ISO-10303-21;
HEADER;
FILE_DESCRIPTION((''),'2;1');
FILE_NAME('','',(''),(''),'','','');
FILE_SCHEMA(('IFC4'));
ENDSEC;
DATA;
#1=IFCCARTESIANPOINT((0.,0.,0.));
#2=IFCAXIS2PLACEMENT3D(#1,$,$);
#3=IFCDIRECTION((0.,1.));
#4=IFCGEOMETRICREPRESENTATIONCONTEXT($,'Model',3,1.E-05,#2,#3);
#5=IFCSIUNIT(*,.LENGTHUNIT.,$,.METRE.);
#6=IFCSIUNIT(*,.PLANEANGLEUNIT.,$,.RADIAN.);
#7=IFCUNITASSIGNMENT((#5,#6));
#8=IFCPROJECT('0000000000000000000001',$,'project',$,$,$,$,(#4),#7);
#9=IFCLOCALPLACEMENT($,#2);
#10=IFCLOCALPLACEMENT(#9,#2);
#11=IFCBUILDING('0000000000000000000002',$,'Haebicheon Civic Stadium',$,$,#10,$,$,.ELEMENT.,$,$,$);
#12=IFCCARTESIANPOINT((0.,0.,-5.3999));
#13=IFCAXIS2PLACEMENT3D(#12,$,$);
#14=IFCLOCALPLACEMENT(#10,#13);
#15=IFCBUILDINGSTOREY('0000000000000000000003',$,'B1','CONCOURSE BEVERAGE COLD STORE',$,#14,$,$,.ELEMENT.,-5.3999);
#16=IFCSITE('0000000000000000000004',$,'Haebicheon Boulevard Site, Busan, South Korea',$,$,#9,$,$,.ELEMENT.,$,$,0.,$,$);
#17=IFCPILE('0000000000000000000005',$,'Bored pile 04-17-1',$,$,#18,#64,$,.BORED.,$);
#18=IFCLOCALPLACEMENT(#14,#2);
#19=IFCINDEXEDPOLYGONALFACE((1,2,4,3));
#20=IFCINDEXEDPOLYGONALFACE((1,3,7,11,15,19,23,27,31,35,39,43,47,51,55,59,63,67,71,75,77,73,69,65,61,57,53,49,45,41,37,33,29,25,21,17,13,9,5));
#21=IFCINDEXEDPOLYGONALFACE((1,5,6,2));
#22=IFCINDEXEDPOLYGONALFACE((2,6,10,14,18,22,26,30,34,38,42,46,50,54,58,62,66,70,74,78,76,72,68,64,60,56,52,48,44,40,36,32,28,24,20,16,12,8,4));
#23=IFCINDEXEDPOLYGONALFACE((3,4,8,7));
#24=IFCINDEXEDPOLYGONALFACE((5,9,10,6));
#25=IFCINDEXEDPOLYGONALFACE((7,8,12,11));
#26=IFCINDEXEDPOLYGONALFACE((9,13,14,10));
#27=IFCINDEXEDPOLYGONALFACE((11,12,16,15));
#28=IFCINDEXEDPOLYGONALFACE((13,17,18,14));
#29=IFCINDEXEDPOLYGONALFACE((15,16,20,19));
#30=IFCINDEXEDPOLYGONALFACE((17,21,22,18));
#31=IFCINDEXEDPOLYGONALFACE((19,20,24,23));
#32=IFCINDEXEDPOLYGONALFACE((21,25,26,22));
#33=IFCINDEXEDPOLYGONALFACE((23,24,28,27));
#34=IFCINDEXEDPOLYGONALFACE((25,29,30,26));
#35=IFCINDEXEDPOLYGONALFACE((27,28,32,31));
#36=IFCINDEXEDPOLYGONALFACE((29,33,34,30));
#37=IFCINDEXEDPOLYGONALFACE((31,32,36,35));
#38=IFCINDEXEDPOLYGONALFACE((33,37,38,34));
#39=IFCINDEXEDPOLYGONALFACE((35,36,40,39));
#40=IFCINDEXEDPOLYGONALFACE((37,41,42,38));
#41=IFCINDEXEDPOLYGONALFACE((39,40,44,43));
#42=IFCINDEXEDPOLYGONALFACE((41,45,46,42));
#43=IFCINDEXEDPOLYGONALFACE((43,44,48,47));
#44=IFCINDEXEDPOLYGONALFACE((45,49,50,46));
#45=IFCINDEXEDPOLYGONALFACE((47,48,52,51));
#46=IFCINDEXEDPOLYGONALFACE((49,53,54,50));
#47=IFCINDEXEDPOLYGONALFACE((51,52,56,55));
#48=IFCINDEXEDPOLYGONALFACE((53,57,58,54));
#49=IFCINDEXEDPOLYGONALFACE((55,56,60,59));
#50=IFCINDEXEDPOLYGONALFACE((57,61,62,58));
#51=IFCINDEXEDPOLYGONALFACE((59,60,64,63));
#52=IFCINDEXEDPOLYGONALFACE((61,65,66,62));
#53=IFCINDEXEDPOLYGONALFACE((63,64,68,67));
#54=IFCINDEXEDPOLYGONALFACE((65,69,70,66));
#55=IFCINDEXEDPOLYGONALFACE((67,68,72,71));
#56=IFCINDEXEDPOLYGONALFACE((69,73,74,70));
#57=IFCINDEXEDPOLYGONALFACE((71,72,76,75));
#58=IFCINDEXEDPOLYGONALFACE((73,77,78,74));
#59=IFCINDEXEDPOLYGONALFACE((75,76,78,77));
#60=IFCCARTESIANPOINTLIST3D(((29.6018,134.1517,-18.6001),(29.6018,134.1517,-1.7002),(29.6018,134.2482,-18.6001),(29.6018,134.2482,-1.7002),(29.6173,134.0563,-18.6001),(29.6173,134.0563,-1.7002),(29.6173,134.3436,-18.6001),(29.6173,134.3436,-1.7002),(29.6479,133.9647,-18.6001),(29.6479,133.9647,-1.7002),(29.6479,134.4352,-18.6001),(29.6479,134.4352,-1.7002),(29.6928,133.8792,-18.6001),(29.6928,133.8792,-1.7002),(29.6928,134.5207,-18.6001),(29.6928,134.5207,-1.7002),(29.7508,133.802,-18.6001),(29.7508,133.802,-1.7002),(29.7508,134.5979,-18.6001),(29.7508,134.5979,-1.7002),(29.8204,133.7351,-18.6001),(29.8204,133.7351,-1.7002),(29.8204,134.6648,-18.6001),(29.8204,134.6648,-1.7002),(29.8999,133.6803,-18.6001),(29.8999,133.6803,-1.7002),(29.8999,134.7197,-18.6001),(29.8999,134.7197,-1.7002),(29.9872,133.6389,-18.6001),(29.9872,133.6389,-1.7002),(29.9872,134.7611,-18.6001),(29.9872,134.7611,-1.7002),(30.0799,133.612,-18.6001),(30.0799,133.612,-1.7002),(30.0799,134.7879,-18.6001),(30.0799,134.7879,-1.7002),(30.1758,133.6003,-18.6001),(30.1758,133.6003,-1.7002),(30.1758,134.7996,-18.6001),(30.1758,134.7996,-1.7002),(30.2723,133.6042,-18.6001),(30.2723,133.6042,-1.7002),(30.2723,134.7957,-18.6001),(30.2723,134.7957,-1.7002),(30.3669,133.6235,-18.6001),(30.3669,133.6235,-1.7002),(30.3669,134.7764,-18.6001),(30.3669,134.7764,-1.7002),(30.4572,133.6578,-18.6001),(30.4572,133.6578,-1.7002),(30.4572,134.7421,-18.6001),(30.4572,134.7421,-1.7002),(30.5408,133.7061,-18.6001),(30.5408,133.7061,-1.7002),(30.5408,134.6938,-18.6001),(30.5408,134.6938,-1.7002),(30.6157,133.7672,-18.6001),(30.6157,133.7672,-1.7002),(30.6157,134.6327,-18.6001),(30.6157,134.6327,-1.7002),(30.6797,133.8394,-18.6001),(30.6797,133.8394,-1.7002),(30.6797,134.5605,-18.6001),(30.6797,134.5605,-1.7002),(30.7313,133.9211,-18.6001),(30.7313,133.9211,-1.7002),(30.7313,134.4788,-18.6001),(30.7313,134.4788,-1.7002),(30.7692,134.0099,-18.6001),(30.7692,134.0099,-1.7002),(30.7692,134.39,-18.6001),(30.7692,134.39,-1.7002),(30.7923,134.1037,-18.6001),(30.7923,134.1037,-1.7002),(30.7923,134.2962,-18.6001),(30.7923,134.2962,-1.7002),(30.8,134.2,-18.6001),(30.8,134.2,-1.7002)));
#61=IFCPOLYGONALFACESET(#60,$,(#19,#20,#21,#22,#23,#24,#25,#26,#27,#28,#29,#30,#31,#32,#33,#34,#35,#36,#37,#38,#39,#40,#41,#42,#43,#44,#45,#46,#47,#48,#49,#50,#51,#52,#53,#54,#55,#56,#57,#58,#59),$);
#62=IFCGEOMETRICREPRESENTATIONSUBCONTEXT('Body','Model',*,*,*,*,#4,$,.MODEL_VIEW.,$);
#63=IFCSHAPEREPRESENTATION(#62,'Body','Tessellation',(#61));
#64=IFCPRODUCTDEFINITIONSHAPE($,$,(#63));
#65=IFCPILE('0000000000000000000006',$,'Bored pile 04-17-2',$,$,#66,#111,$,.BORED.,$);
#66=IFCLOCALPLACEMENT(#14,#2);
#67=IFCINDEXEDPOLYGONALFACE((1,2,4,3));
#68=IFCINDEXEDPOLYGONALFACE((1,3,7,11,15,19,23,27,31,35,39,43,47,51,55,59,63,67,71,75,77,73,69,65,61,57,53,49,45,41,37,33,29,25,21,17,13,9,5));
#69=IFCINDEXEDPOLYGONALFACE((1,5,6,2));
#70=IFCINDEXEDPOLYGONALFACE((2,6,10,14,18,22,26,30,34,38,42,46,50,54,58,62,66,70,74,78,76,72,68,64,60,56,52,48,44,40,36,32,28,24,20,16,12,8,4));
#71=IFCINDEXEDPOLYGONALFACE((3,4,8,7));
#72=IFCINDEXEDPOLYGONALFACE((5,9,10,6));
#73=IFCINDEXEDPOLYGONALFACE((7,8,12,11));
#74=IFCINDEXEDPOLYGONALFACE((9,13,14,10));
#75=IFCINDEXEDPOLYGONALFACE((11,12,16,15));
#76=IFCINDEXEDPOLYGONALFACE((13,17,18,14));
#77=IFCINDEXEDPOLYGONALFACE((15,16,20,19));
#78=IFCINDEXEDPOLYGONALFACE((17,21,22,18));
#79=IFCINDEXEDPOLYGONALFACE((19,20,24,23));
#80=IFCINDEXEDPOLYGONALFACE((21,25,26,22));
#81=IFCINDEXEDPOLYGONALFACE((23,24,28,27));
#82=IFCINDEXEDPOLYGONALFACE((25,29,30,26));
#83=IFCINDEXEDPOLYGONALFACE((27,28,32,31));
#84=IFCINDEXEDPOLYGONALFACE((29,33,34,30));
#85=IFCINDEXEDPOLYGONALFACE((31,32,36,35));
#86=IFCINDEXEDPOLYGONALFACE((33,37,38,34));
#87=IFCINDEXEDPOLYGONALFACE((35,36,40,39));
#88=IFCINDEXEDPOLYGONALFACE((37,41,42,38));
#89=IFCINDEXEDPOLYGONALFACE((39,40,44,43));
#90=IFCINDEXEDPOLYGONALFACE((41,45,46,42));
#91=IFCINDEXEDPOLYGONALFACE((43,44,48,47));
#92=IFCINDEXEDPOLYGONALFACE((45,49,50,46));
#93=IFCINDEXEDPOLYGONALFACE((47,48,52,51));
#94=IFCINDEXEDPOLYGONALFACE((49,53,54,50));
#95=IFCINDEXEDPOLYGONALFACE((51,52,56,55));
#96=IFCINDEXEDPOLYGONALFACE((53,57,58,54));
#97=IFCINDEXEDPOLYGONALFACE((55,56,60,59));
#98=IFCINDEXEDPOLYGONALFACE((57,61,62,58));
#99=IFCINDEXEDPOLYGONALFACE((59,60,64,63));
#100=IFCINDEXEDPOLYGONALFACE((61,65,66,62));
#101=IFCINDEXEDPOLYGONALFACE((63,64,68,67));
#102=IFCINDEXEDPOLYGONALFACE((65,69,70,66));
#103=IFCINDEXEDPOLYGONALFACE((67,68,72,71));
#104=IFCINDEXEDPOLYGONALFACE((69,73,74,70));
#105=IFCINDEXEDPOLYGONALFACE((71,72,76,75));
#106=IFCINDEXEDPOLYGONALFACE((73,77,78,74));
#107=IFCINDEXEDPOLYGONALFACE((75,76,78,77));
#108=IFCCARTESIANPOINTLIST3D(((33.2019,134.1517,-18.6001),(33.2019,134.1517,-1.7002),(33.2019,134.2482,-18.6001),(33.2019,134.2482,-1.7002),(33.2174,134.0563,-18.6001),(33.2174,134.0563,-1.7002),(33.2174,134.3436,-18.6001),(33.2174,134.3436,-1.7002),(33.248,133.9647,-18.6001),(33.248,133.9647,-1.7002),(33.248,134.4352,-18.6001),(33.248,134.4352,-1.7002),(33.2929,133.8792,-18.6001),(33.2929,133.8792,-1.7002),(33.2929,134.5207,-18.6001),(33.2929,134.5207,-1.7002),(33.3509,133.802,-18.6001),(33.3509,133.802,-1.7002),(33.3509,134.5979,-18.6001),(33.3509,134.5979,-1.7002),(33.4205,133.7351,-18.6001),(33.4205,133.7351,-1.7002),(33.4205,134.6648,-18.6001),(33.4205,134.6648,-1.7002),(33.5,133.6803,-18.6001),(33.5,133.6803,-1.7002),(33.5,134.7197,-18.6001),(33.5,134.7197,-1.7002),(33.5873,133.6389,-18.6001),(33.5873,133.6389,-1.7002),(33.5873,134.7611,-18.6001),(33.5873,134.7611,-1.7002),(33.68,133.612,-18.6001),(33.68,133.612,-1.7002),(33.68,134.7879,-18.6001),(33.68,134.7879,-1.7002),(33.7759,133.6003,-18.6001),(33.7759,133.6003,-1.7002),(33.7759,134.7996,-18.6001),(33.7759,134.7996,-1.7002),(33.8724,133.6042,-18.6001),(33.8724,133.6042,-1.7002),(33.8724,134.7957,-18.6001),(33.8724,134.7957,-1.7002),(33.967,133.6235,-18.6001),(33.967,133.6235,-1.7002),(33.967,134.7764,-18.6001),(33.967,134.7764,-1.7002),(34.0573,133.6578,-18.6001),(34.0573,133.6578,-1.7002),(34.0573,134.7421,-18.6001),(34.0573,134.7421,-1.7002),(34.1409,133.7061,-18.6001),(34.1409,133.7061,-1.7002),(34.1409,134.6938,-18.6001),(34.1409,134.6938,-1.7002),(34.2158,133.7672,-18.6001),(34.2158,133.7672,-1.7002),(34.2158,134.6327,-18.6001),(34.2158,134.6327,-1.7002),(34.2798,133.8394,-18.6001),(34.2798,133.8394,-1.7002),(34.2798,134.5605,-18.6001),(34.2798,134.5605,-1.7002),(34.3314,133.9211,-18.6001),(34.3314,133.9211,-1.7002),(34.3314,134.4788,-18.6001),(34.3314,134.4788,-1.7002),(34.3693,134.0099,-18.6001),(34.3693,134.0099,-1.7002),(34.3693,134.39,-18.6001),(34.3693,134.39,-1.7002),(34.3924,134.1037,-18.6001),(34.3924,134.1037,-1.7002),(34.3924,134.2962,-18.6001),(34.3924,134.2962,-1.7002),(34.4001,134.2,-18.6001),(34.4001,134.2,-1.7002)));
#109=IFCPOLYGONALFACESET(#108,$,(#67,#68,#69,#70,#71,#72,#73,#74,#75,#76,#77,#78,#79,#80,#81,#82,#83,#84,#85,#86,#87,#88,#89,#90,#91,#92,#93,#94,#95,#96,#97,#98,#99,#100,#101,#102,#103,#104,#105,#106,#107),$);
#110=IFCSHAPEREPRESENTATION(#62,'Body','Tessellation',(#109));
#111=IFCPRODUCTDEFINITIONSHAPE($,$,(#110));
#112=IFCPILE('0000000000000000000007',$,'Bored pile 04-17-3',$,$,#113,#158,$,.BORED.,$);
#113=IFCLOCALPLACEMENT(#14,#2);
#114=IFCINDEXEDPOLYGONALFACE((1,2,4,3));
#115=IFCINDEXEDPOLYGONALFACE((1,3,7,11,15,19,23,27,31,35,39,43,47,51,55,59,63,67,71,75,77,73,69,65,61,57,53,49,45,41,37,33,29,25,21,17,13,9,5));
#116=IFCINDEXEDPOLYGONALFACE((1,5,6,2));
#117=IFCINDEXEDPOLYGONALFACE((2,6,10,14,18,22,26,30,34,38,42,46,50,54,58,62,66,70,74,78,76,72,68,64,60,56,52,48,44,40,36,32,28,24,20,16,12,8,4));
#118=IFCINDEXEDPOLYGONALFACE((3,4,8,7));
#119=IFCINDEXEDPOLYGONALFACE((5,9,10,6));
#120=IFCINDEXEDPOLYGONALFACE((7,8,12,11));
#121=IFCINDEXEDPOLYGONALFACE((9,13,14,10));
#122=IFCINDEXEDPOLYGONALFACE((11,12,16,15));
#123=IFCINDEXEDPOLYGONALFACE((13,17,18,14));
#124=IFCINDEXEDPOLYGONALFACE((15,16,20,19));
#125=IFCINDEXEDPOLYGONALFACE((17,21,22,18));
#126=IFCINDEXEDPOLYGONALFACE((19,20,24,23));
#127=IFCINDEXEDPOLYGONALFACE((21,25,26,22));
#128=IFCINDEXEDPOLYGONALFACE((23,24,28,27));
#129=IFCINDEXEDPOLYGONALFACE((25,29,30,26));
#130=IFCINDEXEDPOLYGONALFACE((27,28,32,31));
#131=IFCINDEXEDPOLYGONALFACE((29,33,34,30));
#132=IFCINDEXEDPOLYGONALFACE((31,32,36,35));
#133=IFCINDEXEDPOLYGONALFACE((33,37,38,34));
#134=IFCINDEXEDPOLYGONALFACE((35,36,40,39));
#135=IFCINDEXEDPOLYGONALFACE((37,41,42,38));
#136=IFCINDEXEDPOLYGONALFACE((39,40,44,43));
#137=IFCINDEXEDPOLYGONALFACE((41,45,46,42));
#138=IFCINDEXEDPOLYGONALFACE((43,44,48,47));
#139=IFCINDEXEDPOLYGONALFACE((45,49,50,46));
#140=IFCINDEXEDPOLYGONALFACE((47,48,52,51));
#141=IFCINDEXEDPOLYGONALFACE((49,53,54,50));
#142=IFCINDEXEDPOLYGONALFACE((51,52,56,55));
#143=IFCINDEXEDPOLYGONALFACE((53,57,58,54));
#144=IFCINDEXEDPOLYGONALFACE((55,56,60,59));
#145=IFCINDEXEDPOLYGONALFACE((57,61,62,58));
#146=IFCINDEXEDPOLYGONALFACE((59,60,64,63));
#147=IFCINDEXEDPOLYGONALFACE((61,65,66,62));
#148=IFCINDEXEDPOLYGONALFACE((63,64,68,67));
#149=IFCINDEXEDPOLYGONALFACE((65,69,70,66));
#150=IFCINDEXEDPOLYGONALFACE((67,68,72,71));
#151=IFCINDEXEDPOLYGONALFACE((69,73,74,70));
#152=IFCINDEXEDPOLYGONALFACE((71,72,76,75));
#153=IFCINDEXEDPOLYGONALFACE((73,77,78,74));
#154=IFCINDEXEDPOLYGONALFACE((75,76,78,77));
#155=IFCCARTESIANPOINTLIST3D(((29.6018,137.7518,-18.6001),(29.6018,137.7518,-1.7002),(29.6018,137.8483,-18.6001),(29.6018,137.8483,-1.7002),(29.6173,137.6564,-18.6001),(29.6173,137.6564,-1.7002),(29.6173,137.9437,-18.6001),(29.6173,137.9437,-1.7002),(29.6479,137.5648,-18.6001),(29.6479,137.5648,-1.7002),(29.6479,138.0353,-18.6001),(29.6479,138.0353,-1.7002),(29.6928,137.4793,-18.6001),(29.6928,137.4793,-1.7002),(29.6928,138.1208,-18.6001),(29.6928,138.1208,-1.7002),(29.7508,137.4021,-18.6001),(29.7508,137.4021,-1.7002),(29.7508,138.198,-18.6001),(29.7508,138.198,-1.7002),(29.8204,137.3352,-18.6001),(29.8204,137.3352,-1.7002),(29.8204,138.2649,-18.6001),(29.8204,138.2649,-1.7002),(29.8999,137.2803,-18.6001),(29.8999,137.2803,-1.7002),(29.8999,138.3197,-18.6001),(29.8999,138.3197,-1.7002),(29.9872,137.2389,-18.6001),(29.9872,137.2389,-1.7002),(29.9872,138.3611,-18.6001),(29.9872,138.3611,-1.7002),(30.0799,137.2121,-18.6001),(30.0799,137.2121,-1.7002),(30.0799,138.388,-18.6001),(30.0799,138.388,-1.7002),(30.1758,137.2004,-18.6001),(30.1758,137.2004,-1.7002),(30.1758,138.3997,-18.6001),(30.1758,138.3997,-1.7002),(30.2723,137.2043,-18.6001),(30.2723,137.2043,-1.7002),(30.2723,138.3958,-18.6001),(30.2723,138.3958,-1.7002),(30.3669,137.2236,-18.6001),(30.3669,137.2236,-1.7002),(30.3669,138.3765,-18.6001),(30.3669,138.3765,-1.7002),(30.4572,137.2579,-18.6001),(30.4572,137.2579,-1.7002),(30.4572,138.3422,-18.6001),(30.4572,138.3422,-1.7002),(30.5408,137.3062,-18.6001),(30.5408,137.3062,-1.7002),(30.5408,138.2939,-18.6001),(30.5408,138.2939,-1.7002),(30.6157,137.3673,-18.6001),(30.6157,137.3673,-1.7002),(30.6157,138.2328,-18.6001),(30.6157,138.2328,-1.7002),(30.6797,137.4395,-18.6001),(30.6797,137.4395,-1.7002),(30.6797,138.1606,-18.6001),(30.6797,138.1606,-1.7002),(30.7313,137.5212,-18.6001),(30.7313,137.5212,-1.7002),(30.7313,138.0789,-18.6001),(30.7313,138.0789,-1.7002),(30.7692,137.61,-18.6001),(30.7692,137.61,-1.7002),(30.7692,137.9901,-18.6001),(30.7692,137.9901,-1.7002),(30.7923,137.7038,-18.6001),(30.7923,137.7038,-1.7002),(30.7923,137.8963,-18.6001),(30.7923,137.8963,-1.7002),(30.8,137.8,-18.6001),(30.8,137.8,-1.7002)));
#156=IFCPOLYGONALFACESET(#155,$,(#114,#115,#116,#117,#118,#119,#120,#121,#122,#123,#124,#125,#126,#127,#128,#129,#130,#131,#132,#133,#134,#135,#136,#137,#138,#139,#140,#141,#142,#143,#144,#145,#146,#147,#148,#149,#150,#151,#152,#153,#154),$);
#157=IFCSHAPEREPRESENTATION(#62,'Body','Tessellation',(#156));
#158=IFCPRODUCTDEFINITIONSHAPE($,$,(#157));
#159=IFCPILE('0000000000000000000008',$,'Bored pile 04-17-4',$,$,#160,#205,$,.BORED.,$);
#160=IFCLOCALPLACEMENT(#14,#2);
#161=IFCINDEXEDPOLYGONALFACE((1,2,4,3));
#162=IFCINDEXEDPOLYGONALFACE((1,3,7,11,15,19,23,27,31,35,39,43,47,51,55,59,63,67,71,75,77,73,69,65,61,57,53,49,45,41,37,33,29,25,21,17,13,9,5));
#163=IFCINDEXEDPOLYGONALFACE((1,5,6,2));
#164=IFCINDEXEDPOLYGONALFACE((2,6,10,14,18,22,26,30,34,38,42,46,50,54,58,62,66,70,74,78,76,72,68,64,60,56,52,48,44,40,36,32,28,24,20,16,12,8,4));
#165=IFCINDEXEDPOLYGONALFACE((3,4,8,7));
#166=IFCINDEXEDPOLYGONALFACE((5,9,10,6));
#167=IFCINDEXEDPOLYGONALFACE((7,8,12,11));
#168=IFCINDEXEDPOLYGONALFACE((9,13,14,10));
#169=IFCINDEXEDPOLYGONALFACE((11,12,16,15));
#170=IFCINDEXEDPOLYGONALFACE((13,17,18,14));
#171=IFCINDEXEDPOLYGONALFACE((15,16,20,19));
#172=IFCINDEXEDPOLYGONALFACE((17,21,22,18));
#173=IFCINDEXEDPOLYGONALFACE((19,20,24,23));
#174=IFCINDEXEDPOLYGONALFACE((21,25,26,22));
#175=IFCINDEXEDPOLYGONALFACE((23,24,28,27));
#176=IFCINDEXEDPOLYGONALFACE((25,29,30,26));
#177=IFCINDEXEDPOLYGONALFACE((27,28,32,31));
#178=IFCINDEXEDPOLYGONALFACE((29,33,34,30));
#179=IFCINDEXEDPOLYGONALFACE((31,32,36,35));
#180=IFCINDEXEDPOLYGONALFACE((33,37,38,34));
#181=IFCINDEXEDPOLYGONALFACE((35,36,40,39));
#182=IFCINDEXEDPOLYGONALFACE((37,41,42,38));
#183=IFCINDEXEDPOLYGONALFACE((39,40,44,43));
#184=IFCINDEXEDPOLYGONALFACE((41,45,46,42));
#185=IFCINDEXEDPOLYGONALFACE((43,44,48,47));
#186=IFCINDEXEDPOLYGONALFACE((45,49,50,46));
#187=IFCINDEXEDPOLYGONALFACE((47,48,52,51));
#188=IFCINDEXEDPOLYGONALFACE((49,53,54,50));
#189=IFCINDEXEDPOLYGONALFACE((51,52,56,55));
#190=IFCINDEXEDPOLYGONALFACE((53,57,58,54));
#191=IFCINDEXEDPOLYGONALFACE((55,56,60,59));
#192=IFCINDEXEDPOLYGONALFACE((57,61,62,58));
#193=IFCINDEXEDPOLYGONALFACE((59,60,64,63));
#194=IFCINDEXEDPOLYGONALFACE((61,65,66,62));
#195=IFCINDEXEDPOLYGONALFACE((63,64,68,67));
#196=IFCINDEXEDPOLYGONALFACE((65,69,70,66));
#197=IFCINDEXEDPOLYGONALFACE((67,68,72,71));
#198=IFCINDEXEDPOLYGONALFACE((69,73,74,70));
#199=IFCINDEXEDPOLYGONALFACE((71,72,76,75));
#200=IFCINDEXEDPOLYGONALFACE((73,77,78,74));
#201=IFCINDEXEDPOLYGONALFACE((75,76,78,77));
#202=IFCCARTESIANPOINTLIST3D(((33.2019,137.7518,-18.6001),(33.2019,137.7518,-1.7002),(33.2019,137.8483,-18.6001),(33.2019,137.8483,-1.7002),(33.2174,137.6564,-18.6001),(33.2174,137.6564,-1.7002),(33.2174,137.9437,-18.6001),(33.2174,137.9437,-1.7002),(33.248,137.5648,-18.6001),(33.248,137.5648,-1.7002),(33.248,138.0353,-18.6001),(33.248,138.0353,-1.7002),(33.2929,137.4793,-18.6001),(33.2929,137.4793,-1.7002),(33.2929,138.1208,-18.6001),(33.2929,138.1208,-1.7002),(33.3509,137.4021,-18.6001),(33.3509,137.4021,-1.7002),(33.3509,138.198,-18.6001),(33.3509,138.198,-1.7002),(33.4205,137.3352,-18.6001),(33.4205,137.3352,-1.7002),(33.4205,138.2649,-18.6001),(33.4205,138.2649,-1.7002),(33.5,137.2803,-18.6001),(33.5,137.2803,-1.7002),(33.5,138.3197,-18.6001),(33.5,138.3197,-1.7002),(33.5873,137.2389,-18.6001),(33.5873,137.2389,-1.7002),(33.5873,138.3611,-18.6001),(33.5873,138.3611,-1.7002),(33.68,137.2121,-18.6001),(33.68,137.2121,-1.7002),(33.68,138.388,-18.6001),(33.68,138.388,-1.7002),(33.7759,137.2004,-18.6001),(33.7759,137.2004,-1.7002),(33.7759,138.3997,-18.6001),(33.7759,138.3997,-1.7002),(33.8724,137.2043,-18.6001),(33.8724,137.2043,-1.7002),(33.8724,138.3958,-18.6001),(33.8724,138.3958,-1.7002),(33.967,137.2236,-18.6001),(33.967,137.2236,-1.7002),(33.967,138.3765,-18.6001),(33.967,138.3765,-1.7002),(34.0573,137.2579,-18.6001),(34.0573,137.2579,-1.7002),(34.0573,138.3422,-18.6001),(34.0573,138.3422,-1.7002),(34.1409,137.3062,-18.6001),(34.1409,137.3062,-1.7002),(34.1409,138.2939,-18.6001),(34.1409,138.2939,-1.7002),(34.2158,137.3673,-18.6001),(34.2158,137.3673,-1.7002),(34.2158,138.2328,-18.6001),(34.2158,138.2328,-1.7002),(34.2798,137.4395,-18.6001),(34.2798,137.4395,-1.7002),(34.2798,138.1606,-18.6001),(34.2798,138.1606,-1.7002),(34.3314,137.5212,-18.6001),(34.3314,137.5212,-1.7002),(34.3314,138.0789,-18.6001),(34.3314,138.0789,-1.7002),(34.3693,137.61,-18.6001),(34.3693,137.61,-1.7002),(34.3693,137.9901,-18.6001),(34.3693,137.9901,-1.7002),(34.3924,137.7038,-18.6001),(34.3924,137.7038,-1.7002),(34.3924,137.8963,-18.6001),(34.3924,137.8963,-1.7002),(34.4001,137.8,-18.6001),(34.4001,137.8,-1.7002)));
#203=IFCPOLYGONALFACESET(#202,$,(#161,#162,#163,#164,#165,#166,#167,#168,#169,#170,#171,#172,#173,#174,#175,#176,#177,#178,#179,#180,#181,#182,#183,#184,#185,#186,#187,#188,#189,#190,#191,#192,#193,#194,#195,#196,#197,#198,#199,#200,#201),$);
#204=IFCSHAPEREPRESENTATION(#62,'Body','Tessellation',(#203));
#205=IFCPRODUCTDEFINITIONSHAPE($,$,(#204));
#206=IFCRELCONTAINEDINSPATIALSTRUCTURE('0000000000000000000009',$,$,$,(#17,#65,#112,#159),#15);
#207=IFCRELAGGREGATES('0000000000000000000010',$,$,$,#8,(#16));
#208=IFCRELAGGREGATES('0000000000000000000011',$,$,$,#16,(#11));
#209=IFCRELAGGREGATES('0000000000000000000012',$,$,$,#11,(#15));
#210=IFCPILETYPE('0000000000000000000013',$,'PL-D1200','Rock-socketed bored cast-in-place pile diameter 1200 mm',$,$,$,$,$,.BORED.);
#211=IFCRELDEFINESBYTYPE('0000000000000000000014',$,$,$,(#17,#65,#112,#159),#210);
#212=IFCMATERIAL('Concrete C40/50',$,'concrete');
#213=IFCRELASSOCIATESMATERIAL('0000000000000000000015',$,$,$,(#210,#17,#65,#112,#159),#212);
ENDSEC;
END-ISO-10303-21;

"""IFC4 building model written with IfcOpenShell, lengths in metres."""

from ifc_helpers import new_model, si_unit, direction, frame, origin, origin_2d, place, context, subcontext, project, spatial, circle, extrude, material, material_profile, profile_set, type_object, element, save


model = new_model("IFC4")

# Units and contexts
model_context = context("Model", 3, precision=1e-05, world=origin(), true_north=direction((0.0, 1.0)))
body_context = subcontext(model_context, "Body", "Model", "MODEL_VIEW")
ifc_project = project(units=[si_unit("LENGTHUNIT", "METRE"), si_unit("PLANEANGLEUNIT", "RADIAN")], contexts=[model_context])

# Site, building, storey
site_placement = place(None, origin())
site = spatial("IfcSite", under=ifc_project, at=site_placement, Name="Haebicheon Boulevard Site, Busan, South Korea", CompositionType="ELEMENT", RefElevation=0.0)
building_placement = place(site_placement, origin())
building = spatial("IfcBuilding", under=site, at=building_placement, Name="Haebicheon Civic Stadium", CompositionType="ELEMENT")
storey_placement = place(building_placement, frame((0.0, 0.0, -5.3999)))
storey = spatial("IfcBuildingStorey", under=building, at=storey_placement, Name="B1", Description="CONCOURSE BEVERAGE COLD STORE", CompositionType="ELEMENT", Elevation=-5.3999)

# Piles
ifc_material_1 = material(Name="Concrete C40/50", Category="concrete")
ifc_material_profile_1 = material_profile(ifc_material_1, circle(Radius=0.6001, at=origin_2d()), Name="PILE-D1200")
ifc_profile_set_1 = profile_set([ifc_material_profile_1], Name="Concrete C40/50")
pile_type_1 = type_object("IfcPileType", Name="PL-D1200", Description="Rock-socketed bored cast-in-place pile diameter 1200 mm", PredefinedType="BORED", material=ifc_profile_set_1)
for number, where, z_axis, x_axis, name in (
    (1, (30.2, 134.2, -1.7002), (0.0, 0.0, -1.0), (1.0, 0.0, 0.0), "Bored pile 04-17-1"),
    (2, (33.8, 134.2, -1.7002), (0.0, 0.0, -1.0), (1.0, 0.0, 0.0), "Bored pile 04-17-2"),
    (3, (30.2, 137.8, -1.7002), (0.0, 0.0, -1.0), (1.0, 0.0, 0.0), "Bored pile 04-17-3"),
    (4, (33.8, 137.8, -1.7002), (0.0, 0.0, -1.0), (1.0, 0.0, 0.0), "Bored pile 04-17-4"),
):
    element("IfcPile", number, at=place(storey_placement, frame(where, z_axis=z_axis, x_axis=x_axis)), inside=storey, type_object=pile_type_1, material=ifc_profile_set_1, Name=name, PredefinedType="BORED", context=body_context, shape_type="SweptSolid", body=[
        extrude(circle(Radius=0.6001, at=origin_2d()), origin(), (0.0, 0.0, 1.0), 16.8999),
    ])

save(model, "model.ifc")
